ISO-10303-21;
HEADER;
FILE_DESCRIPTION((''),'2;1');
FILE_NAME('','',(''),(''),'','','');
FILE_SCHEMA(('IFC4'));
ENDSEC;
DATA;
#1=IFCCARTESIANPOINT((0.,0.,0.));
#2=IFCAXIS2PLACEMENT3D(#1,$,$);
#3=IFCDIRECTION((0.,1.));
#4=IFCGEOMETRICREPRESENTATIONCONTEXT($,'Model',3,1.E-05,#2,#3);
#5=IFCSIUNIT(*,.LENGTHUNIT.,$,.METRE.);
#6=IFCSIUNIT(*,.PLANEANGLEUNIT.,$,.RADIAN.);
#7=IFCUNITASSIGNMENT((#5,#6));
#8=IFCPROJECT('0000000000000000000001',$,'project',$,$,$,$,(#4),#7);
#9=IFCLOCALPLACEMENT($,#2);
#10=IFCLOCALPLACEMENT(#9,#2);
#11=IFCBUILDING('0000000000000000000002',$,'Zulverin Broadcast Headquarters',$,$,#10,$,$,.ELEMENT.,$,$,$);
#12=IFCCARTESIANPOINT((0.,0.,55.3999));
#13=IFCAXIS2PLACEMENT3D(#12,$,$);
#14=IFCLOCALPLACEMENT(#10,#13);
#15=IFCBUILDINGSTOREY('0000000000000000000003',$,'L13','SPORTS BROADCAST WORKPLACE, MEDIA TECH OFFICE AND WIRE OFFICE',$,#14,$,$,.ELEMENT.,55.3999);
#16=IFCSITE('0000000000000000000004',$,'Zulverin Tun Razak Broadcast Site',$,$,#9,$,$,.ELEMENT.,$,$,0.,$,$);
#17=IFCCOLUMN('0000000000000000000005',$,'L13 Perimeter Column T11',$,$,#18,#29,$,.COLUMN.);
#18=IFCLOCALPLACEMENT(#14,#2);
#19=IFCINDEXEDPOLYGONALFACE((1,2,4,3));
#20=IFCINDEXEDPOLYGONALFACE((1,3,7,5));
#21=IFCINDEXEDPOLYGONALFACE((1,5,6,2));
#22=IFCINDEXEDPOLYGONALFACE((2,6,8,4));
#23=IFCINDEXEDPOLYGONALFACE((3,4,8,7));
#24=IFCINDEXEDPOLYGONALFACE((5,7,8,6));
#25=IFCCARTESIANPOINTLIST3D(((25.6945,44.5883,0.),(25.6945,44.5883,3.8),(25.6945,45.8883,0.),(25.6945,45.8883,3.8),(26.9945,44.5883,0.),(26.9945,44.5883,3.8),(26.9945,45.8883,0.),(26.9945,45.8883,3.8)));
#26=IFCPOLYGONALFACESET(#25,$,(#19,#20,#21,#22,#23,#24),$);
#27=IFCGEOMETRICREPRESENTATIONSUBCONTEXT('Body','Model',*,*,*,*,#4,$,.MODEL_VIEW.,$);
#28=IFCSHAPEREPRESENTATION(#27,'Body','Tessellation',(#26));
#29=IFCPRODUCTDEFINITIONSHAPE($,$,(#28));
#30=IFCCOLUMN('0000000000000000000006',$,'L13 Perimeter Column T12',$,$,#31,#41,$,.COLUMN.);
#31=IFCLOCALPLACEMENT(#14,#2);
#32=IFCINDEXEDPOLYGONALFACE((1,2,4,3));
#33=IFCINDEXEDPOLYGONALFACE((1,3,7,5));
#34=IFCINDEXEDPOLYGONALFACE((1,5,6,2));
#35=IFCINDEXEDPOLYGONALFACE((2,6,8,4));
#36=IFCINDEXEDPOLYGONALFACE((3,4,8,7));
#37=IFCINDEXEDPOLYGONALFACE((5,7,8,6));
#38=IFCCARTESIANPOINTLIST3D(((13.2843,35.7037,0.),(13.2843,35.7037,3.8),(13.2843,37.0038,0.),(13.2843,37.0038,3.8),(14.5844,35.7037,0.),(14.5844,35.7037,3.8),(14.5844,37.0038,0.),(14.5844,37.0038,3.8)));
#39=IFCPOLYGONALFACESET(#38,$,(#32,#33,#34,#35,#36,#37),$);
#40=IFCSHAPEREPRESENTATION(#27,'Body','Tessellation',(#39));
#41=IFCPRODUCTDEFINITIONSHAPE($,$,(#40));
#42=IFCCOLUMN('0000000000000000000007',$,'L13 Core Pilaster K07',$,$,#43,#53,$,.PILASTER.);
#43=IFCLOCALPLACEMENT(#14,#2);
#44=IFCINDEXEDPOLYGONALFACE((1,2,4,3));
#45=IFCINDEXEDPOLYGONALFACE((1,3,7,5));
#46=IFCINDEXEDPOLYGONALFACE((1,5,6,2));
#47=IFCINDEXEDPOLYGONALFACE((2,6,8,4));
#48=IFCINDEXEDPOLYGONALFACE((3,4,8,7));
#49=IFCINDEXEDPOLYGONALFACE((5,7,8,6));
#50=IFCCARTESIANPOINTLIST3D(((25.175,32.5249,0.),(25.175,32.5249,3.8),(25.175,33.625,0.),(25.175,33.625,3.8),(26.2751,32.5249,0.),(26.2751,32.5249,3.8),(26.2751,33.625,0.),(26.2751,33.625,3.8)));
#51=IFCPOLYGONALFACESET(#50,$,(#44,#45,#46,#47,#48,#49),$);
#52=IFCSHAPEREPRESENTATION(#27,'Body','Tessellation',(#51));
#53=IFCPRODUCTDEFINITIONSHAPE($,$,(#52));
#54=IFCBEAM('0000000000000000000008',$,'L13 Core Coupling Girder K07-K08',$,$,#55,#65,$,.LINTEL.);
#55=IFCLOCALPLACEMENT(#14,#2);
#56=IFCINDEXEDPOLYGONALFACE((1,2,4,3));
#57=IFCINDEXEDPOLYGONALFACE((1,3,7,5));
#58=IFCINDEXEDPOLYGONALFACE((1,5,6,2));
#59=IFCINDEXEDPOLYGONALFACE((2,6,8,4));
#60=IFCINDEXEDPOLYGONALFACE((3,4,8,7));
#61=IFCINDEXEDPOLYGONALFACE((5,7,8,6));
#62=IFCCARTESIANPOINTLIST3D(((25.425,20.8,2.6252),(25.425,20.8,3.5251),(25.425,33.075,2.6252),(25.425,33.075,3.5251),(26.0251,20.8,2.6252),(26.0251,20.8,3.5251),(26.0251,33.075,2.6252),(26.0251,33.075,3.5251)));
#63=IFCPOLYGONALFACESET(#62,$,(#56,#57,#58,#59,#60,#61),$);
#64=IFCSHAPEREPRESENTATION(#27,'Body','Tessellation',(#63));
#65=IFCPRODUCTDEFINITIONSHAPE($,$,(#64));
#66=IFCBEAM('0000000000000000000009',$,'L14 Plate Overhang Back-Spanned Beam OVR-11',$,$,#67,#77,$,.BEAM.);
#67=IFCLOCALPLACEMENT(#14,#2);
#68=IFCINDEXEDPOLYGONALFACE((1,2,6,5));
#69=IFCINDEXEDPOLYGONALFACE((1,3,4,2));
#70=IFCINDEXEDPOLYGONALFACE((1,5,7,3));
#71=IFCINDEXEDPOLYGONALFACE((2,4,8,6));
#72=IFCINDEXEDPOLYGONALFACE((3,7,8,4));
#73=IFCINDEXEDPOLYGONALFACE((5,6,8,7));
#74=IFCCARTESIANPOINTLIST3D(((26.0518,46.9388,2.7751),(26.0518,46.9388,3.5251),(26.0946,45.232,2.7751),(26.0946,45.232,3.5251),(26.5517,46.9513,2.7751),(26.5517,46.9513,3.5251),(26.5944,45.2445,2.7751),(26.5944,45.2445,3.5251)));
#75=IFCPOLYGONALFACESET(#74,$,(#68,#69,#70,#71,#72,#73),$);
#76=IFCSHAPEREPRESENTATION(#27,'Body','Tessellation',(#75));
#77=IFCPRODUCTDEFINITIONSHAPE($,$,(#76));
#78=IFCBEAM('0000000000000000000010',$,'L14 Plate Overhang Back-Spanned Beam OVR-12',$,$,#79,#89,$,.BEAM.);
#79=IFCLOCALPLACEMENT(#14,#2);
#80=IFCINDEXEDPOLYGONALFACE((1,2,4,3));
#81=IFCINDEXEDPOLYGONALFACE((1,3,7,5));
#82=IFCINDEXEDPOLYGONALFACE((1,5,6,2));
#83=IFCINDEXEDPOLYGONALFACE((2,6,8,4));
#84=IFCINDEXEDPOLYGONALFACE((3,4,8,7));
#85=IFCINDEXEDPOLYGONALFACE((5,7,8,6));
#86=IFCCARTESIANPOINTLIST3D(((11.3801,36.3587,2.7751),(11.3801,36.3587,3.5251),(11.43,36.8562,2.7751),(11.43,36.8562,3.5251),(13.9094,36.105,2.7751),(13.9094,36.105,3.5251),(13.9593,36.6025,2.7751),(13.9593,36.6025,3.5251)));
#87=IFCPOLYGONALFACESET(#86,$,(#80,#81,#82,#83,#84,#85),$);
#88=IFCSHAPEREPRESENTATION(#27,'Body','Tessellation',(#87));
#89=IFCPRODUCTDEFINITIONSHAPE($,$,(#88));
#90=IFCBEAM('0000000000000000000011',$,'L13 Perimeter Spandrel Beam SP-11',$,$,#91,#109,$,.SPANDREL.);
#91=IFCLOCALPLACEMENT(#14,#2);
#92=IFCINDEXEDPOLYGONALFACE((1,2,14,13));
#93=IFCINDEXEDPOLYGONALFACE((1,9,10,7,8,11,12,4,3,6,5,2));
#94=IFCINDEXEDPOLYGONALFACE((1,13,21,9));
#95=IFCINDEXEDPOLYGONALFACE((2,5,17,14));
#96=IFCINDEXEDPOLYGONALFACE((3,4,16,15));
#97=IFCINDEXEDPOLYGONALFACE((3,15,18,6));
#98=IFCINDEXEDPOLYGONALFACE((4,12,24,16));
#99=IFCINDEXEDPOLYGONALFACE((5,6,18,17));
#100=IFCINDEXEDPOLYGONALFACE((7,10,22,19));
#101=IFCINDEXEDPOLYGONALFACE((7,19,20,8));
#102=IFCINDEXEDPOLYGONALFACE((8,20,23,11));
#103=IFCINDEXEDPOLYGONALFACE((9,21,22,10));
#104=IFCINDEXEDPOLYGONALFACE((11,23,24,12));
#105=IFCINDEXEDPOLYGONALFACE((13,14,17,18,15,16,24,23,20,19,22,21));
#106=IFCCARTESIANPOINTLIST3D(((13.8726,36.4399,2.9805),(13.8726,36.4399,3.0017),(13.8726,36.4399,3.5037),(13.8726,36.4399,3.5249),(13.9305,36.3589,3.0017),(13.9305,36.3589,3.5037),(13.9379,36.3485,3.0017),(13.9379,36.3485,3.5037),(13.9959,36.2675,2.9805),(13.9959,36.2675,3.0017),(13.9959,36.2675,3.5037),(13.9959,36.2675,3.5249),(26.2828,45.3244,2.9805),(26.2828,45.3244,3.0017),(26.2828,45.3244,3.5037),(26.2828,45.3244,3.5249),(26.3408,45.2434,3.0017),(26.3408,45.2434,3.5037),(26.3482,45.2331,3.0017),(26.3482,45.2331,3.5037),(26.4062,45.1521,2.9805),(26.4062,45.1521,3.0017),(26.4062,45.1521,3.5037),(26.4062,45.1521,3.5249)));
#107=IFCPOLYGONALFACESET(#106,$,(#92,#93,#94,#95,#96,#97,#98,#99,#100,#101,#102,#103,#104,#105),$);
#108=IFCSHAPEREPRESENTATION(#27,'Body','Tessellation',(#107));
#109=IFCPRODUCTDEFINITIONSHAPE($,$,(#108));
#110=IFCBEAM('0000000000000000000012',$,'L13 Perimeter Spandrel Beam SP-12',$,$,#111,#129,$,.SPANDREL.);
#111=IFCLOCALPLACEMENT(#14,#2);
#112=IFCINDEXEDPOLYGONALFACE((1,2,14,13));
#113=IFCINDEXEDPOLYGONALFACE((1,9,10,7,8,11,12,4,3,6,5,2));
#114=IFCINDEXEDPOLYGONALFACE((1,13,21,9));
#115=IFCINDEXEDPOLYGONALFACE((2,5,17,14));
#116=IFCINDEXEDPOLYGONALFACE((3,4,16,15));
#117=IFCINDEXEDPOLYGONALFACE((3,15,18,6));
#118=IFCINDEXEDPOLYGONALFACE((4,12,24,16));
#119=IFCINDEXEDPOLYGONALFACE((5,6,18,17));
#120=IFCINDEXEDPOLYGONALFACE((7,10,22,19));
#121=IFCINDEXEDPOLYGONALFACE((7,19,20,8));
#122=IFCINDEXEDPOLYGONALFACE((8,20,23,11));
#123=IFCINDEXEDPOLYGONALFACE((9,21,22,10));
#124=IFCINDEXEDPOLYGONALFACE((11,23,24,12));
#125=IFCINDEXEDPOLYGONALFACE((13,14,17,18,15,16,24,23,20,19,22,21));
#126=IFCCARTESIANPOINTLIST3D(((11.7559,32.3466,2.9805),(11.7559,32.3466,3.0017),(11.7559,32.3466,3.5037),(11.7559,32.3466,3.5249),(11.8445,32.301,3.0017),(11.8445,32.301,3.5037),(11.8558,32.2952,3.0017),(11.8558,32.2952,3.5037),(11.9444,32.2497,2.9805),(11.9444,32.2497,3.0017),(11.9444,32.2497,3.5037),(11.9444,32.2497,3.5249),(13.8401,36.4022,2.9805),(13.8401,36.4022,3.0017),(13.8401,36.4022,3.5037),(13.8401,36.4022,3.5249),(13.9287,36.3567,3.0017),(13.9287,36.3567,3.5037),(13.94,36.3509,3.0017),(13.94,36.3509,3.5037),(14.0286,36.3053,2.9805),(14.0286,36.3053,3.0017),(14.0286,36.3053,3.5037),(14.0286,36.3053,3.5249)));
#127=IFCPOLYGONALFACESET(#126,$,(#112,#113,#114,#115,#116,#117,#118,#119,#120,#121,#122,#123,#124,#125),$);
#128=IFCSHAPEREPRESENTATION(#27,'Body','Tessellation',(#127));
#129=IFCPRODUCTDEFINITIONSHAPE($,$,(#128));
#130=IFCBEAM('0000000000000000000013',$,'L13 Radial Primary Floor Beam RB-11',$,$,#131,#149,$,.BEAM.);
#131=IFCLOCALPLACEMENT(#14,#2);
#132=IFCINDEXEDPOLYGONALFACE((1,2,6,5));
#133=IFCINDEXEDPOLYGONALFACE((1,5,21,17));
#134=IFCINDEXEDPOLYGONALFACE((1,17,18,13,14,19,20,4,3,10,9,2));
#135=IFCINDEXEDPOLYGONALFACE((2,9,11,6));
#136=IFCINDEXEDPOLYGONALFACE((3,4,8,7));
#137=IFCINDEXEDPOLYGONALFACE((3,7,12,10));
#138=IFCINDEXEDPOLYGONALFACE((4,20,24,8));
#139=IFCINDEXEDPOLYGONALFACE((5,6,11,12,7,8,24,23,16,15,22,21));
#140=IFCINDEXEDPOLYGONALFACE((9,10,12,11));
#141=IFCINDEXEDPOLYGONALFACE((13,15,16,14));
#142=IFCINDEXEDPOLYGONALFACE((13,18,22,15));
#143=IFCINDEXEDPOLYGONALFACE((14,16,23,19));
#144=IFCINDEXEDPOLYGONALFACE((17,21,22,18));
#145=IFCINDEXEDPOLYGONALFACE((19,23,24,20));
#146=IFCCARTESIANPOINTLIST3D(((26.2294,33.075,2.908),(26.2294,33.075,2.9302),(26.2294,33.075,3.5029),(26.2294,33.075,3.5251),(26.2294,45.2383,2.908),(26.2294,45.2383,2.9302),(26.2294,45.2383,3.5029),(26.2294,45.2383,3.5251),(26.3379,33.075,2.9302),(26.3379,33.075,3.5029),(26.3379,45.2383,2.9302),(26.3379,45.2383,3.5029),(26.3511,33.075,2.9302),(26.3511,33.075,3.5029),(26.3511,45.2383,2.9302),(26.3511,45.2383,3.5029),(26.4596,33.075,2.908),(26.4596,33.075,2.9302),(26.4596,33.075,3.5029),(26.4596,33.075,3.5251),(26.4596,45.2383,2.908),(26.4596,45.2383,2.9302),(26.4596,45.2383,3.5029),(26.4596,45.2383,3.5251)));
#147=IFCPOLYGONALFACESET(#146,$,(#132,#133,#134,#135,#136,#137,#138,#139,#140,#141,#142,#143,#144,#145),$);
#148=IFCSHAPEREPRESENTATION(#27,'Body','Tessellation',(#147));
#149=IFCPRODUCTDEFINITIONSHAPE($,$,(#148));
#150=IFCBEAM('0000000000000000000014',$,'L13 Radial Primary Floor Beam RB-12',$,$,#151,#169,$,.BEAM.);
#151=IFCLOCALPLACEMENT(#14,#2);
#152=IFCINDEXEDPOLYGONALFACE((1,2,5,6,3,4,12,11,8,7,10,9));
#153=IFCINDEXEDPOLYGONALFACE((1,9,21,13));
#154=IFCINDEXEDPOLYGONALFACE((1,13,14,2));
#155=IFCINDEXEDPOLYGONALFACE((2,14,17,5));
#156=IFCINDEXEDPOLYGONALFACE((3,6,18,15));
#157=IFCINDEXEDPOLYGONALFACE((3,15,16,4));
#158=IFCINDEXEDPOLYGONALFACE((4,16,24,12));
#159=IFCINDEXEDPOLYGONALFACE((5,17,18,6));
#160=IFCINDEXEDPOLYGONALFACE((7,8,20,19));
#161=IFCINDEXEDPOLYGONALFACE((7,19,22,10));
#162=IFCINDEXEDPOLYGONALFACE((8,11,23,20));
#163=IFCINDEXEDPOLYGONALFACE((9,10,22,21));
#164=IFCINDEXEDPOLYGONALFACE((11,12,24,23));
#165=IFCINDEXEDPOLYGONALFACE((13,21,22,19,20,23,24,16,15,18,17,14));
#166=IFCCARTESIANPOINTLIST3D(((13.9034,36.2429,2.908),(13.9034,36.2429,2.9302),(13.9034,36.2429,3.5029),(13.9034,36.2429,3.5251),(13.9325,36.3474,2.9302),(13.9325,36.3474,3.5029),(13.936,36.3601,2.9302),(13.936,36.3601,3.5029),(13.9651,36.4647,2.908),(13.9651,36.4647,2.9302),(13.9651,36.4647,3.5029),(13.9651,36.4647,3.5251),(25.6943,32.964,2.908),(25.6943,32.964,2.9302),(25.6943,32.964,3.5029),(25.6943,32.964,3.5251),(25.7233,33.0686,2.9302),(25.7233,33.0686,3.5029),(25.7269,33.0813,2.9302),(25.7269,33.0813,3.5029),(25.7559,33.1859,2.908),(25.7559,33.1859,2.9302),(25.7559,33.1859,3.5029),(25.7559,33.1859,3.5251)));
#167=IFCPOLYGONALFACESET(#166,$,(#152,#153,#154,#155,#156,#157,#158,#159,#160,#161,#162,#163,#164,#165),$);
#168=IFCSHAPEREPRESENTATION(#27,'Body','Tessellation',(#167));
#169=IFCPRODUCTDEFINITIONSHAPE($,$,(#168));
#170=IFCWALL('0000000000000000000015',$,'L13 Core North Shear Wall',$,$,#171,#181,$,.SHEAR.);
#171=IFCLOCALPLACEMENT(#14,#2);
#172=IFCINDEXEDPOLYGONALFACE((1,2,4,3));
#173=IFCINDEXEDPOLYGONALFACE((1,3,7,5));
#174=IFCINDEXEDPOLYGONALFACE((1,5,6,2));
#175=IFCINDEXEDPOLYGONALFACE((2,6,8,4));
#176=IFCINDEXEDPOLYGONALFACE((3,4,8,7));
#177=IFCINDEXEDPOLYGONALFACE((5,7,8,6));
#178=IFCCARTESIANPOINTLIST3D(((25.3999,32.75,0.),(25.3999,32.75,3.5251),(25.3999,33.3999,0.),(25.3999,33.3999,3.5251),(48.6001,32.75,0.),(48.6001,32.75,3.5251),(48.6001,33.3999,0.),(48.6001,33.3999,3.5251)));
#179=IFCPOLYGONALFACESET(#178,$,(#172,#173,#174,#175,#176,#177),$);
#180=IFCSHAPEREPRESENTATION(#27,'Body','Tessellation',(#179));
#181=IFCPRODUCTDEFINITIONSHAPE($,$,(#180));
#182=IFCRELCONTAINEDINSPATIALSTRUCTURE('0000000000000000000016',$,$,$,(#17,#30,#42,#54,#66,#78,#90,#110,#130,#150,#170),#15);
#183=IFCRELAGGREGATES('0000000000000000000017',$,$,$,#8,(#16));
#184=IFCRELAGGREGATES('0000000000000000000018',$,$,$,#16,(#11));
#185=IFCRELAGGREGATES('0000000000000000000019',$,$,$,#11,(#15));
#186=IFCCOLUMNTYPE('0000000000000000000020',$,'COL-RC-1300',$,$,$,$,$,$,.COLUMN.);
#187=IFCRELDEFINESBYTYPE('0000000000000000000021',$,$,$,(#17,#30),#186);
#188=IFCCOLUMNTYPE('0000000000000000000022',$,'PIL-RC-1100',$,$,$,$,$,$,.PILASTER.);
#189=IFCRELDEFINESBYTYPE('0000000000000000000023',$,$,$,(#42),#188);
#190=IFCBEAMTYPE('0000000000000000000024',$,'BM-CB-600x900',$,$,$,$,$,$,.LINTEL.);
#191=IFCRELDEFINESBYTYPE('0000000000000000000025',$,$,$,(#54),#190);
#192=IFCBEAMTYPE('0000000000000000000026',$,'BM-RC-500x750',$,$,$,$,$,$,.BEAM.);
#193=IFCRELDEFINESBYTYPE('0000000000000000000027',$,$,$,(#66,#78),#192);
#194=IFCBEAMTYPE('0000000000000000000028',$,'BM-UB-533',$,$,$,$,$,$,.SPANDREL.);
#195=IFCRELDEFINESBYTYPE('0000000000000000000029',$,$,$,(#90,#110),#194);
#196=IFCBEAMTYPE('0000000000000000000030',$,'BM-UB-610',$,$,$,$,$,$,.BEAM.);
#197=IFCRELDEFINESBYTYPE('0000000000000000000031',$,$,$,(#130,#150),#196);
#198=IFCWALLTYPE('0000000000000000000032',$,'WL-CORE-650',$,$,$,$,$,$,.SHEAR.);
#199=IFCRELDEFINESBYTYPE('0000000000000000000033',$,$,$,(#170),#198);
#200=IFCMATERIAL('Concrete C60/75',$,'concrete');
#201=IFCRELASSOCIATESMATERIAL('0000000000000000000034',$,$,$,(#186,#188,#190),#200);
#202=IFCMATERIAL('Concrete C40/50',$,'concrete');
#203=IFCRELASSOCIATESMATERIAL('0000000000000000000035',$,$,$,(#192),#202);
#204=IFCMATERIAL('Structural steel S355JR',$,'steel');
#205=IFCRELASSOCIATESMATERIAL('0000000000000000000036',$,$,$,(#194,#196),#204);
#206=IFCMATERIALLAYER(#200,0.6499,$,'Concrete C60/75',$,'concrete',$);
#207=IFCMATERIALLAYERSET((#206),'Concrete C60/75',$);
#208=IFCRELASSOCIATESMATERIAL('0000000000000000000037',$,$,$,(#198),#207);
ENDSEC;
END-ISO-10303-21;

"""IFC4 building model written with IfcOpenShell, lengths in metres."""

from ifc_helpers import new_model, si_unit, direction, frame, frame_2d, origin, origin_2d, place, context, subcontext, project, spatial, rectangle, i_section, extrude, material, layer, layer_set, material_profile, profile_set, type_object, element, save


model = new_model("IFC4")

# Units and contexts
model_context = context("Model", 3, precision=1e-05, world=origin(), true_north=direction((0.0, 1.0)))
body_context = subcontext(model_context, "Body", "Model", "MODEL_VIEW")
ifc_project = project(units=[si_unit("LENGTHUNIT", "METRE"), si_unit("PLANEANGLEUNIT", "RADIAN")], contexts=[model_context])

# Site, building, storey
site_placement = place(None, origin())
site = spatial("IfcSite", under=ifc_project, at=site_placement, Name="Zulverin Tun Razak Broadcast Site", CompositionType="ELEMENT", RefElevation=0.0)
building_placement = place(site_placement, origin())
building = spatial("IfcBuilding", under=site, at=building_placement, Name="Zulverin Broadcast Headquarters", CompositionType="ELEMENT")
storey_placement = place(building_placement, frame((0.0, 0.0, 55.3999)))
storey = spatial("IfcBuildingStorey", under=building, at=storey_placement, Name="L13", Description="SPORTS BROADCAST WORKPLACE, MEDIA TECH OFFICE AND WIRE OFFICE", CompositionType="ELEMENT", Elevation=55.3999)

# Columns
ifc_material_1 = material(Name="Concrete C60/75", Category="concrete")
ifc_material_profile_1 = material_profile(ifc_material_1, rectangle(XDim=1.3, YDim=1.3, at=origin_2d()), Name="Concrete C60/75", Category="concrete")
ifc_profile_set_1 = profile_set([ifc_material_profile_1], Name="Concrete C60/75")
column_type_1 = type_object("IfcColumnType", Name="COL-RC-1300", PredefinedType="COLUMN", material=ifc_profile_set_1)
for number, where, z_axis, x_axis, name in (
    (1, (26.3445, 45.2383, 0.0), (0.0, 0.0, 1.0), (1.0, 0.0, 0.0), "L13 Perimeter Column T11"),
    (2, (13.9343, 36.3538, 0.0), (0.0, 0.0, 1.0), (1.0, 0.0, 0.0), "L13 Perimeter Column T12"),
):
    element("IfcColumn", number, at=place(storey_placement, frame(where, z_axis=z_axis, x_axis=x_axis)), inside=storey, type_object=column_type_1, Name=name, PredefinedType="COLUMN", context=body_context, shape_type="SweptSolid", body=[
        extrude(rectangle(XDim=1.3, YDim=1.3, at=origin_2d()), origin(), (0.0, 0.0, 1.0), 3.8),
    ])
ifc_material_profile_2 = material_profile(ifc_material_1, rectangle(XDim=1.1001, YDim=1.1001, at=origin_2d()), Name="Concrete C60/75", Category="concrete")
ifc_profile_set_2 = profile_set([ifc_material_profile_2], Name="Concrete C60/75")
column_type_2 = type_object("IfcColumnType", Name="PIL-RC-1100", PredefinedType="PILASTER", material=ifc_profile_set_2)
column_placement = place(storey_placement, frame((25.7251, 33.075, 0.0), z_axis=(0.0, 0.0, 1.0), x_axis=(1.0, 0.0, 0.0)))
element("IfcColumn", 3, at=column_placement, inside=storey, type_object=column_type_2, Name="L13 Core Pilaster K07", PredefinedType="PILASTER", context=body_context, shape_type="SweptSolid", body=[
    extrude(rectangle(XDim=1.1001, YDim=1.1001, at=origin_2d()), origin(), (0.0, 0.0, 1.0), 3.8),
])

# Beams
ifc_material_profile_3 = material_profile(ifc_material_1, rectangle(XDim=0.6001, YDim=0.8999, at=origin_2d()), Name="Concrete C60/75", Category="concrete")
ifc_profile_set_3 = profile_set([ifc_material_profile_3], Name="Concrete C60/75")
beam_type_1 = type_object("IfcBeamType", Name="BM-CB-600x900", PredefinedType="LINTEL", material=ifc_profile_set_3)
beam_1_placement = place(storey_placement, frame((25.7251, 33.075, 3.0752), z_axis=(0.0, -1.0, 0.0), x_axis=(1.0, 0.0, 0.0)))
element("IfcBeam", 4, at=beam_1_placement, inside=storey, type_object=beam_type_1, Name="L13 Core Coupling Girder K07-K08", PredefinedType="LINTEL", context=body_context, shape_type="SweptSolid", body=[
    extrude(rectangle(XDim=0.6001, YDim=0.8999, at=origin_2d()), origin(), (0.0, 0.0, 1.0), 12.2749),
])
ifc_material_2 = material(Name="Concrete C40/50", Category="concrete")
ifc_material_profile_4 = material_profile(ifc_material_2, rectangle(XDim=0.5, YDim=0.75, at=origin_2d()), Name="Concrete C40/50", Category="concrete")
ifc_profile_set_4 = profile_set([ifc_material_profile_4], Name="Concrete C40/50")
beam_type_2 = type_object("IfcBeamType", Name="BM-RC-500x750", PredefinedType="BEAM", material=ifc_profile_set_4)
beam_2_placement = place(storey_placement, frame((26.3445, 45.2383, 3.1501), z_axis=(-0.025024, 0.999687, 0.0), x_axis=(-0.999687, -0.025024, 0.0)))
element("IfcBeam", 5, at=beam_2_placement, inside=storey, type_object=beam_type_2, Name="L14 Plate Overhang Back-Spanned Beam OVR-11", PredefinedType="BEAM", context=body_context, shape_type="SweptSolid", body=[
    extrude(rectangle(XDim=0.5, YDim=0.75, at=origin_2d()), origin(), (0.0, 0.0, 1.0), 1.7073),
])
beam_3_placement = place(storey_placement, frame((13.9343, 36.3538, 3.1501), z_axis=(-0.995009, 0.099789, 0.0), x_axis=(-0.099789, -0.995009, 0.0)))
element("IfcBeam", 6, at=beam_3_placement, inside=storey, type_object=beam_type_2, Name="L14 Plate Overhang Back-Spanned Beam OVR-12", PredefinedType="BEAM", context=body_context, shape_type="SweptSolid", body=[
    extrude(rectangle(XDim=0.5, YDim=0.75, at=origin_2d()), origin(), (0.0, 0.0, 1.0), 2.542),
])
ifc_material_3 = material(Name="Structural steel S355JR", Category="steel")
ifc_material_profile_5 = material_profile(ifc_material_3, i_section(OverallWidth=0.2119, OverallDepth=0.5444, WebThickness=0.0127, FlangeThickness=0.0212, at=origin_2d()), Name="Structural steel S355JR", Category="steel")
ifc_profile_set_5 = profile_set([ifc_material_profile_5], Name="Structural steel S355JR")
beam_type_3 = type_object("IfcBeamType", Name="BM-UB-533", PredefinedType="SPANDREL", material=ifc_profile_set_5)
beam_4_placement = place(storey_placement, frame((26.3445, 45.2383, 3.2527), z_axis=(-0.813109, -0.582111, 0.0), x_axis=(0.582111, -0.813109, 0.0)))
element("IfcBeam", 7, at=beam_4_placement, inside=storey, type_object=beam_type_3, Name="L13 Perimeter Spandrel Beam SP-11", PredefinedType="SPANDREL", context=body_context, shape_type="SweptSolid", body=[
    extrude(i_section(OverallWidth=0.2119, OverallDepth=0.5444, WebThickness=0.0127, FlangeThickness=0.0212, at=origin_2d()), origin(), (0.0, 0.0, 1.0), 15.2627),
])
beam_5_placement = place(storey_placement, frame((13.9343, 36.3538, 3.2527), z_axis=(-0.457081, -0.889425, 0.0), x_axis=(0.889425, -0.457081, 0.0)))
element("IfcBeam", 8, at=beam_5_placement, inside=storey, type_object=beam_type_3, Name="L13 Perimeter Spandrel Beam SP-12", PredefinedType="SPANDREL", context=body_context, shape_type="SweptSolid", body=[
    extrude(i_section(OverallWidth=0.2119, OverallDepth=0.5444, WebThickness=0.0127, FlangeThickness=0.0212, at=origin_2d()), origin(), (0.0, 0.0, 1.0), 4.5598),
])
ifc_material_profile_6 = material_profile(ifc_material_3, i_section(OverallWidth=0.2302, OverallDepth=0.6172, WebThickness=0.0132, FlangeThickness=0.0222, at=origin_2d()), Name="Structural steel S355JR", Category="steel")
ifc_profile_set_6 = profile_set([ifc_material_profile_6], Name="Structural steel S355JR")
beam_type_4 = type_object("IfcBeamType", Name="BM-UB-610", PredefinedType="BEAM", material=ifc_profile_set_6)
beam_6_placement = place(storey_placement, frame((26.3445, 33.075, 3.2166), z_axis=(0.0, 1.0, 0.0), x_axis=(-1.0, 0.0, 0.0)))
element("IfcBeam", 9, at=beam_6_placement, inside=storey, type_object=beam_type_4, Name="L13 Radial Primary Floor Beam RB-11", PredefinedType="BEAM", context=body_context, shape_type="SweptSolid", body=[
    extrude(i_section(OverallWidth=0.2302, OverallDepth=0.6172, WebThickness=0.0132, FlangeThickness=0.0222, at=origin_2d()), origin(), (0.0, 0.0, 1.0), 12.1633),
])
beam_7_placement = place(storey_placement, frame((25.7251, 33.075, 3.2166), z_axis=(-0.963442, 0.267917, 0.0), x_axis=(-0.267917, -0.963442, 0.0)))
element("IfcBeam", 10, at=beam_7_placement, inside=storey, type_object=beam_type_4, Name="L13 Radial Primary Floor Beam RB-12", PredefinedType="BEAM", context=body_context, shape_type="SweptSolid", body=[
    extrude(i_section(OverallWidth=0.2302, OverallDepth=0.6172, WebThickness=0.0132, FlangeThickness=0.0222, at=origin_2d()), origin(), (0.0, 0.0, 1.0), 12.2383),
])

# Wall
ifc_layer_1 = layer(ifc_material_1, 0.6499, Name="Concrete C60/75", Category="concrete")
ifc_layer_set_1 = layer_set([ifc_layer_1], Name="Concrete C60/75")
wall_type_1 = type_object("IfcWallType", Name="WL-CORE-650", PredefinedType="SHEAR", material=ifc_layer_set_1)
wall_1_placement = place(storey_placement, frame((25.3999, 33.075, 0.0), z_axis=(0.0, 0.0, 1.0), x_axis=(1.0, 0.0, 0.0)))
element("IfcWall", 11, at=wall_1_placement, inside=storey, type_object=wall_type_1, Name="L13 Core North Shear Wall", PredefinedType="SHEAR", context=body_context, shape_type="SweptSolid", body=[
    extrude(rectangle(XDim=23.2002, YDim=0.6499, at=frame_2d((11.6001, 0.0))), origin(), (0.0, 0.0, 1.0), 3.5251),
])

save(model, "model.ifc")
